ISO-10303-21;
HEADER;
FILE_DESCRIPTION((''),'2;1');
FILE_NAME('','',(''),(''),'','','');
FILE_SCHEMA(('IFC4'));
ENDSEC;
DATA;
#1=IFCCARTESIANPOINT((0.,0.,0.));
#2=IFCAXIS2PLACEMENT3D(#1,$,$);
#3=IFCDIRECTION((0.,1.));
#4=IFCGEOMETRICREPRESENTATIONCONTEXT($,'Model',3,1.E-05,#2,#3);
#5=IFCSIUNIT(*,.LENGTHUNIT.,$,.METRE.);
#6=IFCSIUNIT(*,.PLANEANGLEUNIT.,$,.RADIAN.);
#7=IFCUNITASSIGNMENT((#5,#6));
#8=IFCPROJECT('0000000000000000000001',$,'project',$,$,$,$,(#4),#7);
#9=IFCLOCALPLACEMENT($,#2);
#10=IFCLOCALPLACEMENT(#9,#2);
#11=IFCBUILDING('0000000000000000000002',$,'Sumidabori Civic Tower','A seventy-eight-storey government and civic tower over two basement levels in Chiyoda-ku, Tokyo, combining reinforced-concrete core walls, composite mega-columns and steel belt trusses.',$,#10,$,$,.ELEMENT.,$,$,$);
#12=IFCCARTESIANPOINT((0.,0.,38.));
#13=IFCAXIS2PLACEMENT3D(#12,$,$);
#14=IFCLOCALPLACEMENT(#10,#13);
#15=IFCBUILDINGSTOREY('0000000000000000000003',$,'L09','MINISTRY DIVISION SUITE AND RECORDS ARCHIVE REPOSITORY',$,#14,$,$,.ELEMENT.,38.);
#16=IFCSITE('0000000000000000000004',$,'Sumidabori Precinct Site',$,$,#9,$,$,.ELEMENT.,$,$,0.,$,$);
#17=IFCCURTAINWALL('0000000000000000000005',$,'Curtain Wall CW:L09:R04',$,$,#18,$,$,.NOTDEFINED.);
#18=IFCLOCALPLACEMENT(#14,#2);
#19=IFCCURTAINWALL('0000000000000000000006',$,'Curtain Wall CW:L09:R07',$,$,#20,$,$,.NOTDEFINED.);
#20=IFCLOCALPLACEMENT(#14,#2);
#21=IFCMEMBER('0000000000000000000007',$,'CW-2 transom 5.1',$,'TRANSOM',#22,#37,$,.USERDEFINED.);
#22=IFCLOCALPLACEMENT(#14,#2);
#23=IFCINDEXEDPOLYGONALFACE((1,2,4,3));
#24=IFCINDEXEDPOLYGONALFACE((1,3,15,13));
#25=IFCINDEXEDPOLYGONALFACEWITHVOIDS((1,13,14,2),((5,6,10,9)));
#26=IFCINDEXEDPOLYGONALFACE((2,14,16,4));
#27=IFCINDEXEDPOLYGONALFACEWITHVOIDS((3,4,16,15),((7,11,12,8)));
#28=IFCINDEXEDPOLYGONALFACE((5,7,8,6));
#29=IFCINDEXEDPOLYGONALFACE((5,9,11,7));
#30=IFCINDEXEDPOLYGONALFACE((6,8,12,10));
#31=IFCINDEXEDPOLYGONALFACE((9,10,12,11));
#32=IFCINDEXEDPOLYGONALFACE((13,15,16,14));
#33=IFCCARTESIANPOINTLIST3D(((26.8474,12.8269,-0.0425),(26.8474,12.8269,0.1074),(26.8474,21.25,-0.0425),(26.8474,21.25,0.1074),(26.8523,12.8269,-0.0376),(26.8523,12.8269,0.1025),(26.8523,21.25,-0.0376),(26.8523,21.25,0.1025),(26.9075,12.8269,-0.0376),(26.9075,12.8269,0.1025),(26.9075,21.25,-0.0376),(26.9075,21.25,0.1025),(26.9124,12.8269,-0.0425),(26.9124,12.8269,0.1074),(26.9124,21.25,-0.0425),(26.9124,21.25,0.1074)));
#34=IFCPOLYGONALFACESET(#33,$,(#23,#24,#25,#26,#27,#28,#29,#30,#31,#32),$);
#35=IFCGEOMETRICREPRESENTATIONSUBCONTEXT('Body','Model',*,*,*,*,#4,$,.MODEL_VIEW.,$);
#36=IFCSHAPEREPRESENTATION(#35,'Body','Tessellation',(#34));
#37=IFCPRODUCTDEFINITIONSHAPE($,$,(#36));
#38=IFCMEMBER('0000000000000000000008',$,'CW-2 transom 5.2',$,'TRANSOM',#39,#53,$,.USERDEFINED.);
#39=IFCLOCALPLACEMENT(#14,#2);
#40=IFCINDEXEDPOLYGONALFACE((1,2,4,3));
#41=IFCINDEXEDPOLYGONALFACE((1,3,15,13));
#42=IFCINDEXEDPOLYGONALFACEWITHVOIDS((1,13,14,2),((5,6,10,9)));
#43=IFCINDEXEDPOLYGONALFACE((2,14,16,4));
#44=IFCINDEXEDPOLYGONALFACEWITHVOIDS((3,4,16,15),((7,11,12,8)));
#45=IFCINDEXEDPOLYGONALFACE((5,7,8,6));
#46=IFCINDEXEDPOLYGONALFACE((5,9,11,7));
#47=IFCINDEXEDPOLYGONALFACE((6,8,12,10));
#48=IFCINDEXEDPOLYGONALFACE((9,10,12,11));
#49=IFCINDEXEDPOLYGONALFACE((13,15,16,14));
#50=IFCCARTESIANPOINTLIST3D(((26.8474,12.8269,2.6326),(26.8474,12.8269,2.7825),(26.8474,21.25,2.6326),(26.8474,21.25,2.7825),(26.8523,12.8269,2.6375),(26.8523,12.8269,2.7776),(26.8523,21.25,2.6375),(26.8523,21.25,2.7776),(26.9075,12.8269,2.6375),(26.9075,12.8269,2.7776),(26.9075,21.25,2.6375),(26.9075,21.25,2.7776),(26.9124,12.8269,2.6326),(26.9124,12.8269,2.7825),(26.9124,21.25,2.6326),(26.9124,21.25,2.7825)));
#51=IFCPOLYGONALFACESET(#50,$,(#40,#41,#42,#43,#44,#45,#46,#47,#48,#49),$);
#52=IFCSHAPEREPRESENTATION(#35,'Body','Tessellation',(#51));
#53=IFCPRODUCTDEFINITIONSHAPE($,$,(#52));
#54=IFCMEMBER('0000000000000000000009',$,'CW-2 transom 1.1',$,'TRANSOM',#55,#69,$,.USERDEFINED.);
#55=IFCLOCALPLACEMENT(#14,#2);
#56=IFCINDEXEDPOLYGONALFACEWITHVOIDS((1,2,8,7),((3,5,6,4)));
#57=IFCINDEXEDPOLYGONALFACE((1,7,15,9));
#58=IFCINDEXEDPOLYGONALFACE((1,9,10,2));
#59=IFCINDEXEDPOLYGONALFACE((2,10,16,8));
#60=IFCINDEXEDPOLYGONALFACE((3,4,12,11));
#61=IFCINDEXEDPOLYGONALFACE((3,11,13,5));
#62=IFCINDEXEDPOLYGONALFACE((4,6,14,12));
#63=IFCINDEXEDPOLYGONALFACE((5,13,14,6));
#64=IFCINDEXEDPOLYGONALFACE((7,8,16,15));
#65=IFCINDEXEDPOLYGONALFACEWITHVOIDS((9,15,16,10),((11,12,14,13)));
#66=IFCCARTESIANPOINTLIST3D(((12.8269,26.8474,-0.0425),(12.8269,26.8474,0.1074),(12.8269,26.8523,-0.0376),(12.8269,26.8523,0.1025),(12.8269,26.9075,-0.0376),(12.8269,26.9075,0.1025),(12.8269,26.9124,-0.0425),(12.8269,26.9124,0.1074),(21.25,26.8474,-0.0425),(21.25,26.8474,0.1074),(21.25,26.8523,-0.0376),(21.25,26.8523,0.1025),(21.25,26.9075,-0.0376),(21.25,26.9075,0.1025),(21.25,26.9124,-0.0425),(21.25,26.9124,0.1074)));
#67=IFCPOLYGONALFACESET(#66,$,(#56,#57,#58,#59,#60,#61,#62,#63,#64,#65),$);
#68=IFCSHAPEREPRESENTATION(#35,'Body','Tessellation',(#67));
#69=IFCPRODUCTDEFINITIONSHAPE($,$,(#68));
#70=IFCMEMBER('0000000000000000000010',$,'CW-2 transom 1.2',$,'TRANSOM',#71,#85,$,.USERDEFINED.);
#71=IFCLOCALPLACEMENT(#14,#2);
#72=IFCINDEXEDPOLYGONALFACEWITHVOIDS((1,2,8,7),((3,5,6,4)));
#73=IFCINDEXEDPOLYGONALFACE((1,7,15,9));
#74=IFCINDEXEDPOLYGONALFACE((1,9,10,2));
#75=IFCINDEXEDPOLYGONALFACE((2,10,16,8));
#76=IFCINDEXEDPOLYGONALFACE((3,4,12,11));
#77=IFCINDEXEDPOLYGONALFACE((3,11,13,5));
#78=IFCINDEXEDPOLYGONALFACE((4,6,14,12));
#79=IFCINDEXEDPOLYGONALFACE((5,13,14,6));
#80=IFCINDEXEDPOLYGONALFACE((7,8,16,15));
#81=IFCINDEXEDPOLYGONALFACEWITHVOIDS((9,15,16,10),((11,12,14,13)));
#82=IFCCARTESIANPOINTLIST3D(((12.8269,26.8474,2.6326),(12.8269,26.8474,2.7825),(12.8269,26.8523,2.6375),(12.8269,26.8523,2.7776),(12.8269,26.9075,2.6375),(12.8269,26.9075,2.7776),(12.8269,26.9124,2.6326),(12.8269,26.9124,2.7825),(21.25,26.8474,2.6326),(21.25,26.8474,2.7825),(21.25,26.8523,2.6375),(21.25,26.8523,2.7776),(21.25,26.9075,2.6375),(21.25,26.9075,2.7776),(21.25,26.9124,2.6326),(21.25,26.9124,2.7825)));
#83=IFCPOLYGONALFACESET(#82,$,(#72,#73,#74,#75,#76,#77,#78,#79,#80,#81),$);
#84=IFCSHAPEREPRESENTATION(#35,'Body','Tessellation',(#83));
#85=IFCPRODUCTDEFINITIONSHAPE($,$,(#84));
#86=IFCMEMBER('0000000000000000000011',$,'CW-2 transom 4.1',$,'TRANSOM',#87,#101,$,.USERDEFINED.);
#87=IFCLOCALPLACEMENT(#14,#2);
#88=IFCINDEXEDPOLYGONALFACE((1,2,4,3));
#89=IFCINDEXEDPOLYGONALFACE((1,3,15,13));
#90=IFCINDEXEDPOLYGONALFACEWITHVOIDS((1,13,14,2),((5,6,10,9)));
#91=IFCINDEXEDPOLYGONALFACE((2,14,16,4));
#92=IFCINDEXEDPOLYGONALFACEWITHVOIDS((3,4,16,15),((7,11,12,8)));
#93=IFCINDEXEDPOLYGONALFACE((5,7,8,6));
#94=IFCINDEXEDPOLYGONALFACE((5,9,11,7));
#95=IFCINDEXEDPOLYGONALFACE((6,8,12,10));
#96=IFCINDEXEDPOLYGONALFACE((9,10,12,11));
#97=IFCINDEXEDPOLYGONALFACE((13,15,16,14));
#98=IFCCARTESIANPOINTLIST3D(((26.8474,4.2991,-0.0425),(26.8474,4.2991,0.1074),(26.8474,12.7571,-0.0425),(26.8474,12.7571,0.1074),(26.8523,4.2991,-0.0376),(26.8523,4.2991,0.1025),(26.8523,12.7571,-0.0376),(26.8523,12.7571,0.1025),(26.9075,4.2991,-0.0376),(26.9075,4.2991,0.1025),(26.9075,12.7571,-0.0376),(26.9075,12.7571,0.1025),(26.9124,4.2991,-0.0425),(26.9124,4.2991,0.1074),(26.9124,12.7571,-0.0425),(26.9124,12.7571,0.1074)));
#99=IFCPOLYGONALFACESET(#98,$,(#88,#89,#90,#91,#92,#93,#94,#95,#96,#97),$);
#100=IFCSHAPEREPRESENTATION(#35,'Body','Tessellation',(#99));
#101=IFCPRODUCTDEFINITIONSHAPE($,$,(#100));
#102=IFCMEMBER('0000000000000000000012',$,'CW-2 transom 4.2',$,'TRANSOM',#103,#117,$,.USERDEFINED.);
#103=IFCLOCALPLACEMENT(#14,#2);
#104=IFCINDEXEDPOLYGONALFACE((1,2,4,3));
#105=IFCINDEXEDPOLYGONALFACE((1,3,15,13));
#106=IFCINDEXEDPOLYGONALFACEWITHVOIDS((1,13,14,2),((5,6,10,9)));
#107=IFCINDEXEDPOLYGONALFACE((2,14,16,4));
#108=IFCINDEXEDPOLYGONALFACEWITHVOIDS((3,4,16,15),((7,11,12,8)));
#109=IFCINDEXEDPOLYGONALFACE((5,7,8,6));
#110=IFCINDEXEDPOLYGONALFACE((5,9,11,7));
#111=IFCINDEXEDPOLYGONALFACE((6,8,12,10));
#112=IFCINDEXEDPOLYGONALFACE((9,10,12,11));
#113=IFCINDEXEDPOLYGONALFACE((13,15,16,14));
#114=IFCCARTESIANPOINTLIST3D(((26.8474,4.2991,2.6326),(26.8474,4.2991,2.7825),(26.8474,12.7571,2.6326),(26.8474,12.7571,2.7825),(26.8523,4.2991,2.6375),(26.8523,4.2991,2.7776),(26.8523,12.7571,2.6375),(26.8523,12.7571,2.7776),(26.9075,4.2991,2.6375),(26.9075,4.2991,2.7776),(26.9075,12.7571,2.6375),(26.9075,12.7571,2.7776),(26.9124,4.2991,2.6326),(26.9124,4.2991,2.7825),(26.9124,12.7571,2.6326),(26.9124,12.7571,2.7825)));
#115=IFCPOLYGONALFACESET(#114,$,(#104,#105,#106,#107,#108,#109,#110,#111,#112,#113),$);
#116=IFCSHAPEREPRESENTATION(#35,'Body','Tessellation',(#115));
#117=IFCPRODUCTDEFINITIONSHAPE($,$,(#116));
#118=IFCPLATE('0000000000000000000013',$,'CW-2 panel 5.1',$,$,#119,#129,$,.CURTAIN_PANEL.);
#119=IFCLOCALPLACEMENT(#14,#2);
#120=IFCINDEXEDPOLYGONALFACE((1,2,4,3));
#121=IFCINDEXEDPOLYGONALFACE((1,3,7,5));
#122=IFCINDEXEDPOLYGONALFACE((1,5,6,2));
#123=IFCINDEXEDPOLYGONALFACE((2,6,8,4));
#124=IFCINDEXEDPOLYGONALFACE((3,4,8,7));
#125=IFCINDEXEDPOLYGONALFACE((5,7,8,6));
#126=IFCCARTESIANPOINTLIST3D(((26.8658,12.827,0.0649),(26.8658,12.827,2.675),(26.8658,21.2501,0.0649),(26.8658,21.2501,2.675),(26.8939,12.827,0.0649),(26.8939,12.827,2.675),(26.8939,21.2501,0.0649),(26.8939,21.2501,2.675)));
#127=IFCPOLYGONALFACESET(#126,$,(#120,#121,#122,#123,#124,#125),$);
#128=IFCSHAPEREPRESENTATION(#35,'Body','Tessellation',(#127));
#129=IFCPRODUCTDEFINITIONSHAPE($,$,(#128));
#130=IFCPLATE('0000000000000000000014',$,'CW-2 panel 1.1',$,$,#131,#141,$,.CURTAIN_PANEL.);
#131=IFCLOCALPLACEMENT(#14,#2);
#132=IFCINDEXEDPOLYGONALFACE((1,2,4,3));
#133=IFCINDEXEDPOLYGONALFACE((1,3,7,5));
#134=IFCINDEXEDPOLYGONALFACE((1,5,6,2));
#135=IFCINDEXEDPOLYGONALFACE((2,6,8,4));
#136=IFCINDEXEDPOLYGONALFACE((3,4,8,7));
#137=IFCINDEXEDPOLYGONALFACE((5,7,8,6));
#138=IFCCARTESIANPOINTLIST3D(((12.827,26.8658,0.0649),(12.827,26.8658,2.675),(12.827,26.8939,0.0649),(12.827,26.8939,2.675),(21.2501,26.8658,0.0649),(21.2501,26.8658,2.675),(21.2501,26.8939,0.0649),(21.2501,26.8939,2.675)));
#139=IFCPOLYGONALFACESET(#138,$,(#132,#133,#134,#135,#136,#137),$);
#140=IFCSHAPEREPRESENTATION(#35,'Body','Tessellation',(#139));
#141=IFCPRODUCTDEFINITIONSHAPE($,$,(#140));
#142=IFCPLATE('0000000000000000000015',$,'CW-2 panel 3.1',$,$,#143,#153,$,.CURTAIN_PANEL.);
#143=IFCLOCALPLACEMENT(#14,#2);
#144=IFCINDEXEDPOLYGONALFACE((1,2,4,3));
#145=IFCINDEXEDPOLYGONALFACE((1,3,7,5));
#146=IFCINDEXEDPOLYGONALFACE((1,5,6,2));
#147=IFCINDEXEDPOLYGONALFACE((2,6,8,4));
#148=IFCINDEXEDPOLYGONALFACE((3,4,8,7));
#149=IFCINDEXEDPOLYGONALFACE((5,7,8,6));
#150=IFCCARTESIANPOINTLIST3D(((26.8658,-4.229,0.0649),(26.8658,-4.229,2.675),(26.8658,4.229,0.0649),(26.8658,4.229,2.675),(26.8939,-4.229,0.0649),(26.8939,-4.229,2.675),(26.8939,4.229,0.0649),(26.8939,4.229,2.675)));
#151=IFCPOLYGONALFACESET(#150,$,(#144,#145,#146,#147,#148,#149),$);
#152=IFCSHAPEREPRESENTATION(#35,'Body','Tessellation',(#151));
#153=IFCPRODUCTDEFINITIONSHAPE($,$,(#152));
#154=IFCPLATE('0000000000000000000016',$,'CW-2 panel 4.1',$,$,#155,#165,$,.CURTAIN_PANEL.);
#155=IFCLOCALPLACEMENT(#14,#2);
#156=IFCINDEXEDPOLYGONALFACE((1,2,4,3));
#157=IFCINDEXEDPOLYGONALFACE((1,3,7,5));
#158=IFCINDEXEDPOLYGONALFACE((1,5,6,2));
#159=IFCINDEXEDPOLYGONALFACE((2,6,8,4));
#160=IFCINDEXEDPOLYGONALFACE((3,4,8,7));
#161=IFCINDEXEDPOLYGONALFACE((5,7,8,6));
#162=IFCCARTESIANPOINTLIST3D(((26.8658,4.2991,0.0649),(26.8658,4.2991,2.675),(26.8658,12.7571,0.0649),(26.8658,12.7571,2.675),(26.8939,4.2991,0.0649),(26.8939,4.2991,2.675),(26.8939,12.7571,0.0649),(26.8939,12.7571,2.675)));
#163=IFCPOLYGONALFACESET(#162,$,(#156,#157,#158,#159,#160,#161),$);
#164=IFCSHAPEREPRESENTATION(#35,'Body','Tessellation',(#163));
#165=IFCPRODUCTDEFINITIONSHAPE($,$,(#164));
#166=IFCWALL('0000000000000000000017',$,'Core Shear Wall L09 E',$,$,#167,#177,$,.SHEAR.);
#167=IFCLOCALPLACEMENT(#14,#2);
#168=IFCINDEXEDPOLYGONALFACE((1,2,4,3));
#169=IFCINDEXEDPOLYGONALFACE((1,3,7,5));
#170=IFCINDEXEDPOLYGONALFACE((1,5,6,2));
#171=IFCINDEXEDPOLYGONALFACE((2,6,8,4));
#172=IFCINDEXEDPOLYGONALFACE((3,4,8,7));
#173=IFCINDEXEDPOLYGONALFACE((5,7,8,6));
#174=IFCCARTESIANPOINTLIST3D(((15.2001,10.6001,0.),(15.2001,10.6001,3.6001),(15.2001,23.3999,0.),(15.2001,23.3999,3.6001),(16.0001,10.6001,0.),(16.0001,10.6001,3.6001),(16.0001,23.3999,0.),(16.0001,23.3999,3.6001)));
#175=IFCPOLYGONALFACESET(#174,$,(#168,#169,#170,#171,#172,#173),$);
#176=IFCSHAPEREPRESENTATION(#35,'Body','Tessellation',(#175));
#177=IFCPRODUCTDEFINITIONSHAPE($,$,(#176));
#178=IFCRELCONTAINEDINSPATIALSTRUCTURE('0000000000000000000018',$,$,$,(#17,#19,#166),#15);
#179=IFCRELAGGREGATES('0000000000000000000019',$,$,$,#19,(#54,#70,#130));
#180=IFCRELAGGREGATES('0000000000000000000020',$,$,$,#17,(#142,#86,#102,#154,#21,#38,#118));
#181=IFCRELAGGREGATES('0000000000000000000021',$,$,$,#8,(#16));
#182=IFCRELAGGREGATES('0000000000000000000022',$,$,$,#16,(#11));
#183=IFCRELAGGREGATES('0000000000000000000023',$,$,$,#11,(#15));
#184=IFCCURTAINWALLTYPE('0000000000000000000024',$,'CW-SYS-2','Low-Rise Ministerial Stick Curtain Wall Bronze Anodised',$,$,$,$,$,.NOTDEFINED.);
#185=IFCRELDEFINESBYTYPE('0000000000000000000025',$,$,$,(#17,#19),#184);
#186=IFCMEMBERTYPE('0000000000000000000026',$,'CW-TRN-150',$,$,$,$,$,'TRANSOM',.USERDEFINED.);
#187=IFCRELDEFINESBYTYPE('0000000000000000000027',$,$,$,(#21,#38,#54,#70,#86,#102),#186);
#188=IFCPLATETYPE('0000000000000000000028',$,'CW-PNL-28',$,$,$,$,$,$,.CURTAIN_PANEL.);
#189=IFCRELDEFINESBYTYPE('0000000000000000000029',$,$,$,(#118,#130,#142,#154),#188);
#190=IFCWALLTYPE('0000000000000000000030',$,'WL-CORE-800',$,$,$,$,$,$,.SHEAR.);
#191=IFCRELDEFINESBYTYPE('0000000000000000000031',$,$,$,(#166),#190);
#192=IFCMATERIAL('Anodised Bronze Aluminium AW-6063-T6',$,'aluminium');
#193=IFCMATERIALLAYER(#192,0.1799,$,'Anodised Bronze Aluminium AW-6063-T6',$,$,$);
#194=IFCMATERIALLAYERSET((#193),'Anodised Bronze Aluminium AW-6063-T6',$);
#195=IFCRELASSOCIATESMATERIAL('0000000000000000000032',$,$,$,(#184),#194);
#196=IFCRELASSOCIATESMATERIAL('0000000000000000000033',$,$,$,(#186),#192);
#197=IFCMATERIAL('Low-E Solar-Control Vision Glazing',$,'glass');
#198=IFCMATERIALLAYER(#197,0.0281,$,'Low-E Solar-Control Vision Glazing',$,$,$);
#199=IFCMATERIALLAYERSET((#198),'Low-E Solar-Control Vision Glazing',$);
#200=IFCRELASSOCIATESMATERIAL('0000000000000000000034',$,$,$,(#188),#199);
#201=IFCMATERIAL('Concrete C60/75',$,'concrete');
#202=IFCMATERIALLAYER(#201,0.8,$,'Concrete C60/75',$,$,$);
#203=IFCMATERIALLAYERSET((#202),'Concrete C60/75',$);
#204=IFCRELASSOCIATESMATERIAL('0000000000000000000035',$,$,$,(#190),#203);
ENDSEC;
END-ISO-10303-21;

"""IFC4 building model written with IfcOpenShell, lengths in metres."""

from ifc_helpers import new_model, si_unit, direction, frame, frame_2d, origin, origin_2d, place, context, subcontext, project, spatial, rectangle, hollow_rectangle, extrude, source, transform, mapped, material, layer, layer_set, material_profile, profile_set, type_object, element, aggregate, save


model = new_model("IFC4")

# Units and contexts
model_context = context("Model", 3, precision=1e-05, world=origin(), true_north=direction((0.0, 1.0)))
body_context = subcontext(model_context, "Body", "Model", "MODEL_VIEW")
ifc_project = project(units=[si_unit("LENGTHUNIT", "METRE"), si_unit("PLANEANGLEUNIT", "RADIAN")], contexts=[model_context])

# Site, building, storey
site_placement = place(None, origin())
site = spatial("IfcSite", under=ifc_project, at=site_placement, Name="Sumidabori Precinct Site", CompositionType="ELEMENT", RefElevation=0.0)
building_placement = place(site_placement, origin())
building = spatial("IfcBuilding", under=site, at=building_placement, Name="Sumidabori Civic Tower", Description="A seventy-eight-storey government and civic tower over two basement levels in Chiyoda-ku, Tokyo, combining reinforced-concrete core walls, composite mega-columns and steel belt trusses.", CompositionType="ELEMENT")
storey_placement = place(building_placement, frame((0.0, 0.0, 38.0)))
storey = spatial("IfcBuildingStorey", under=building, at=storey_placement, Name="L09", Description="MINISTRY DIVISION SUITE AND RECORDS ARCHIVE REPOSITORY", CompositionType="ELEMENT", Elevation=38.0)

# Shared definitions
ifc_material_1 = material(Name="Concrete C60/75", Category="concrete")

# Curtain wall
ifc_material_2 = material(Name="Anodised Bronze Aluminium AW-6063-T6", Category="aluminium")
ifc_layer_1 = layer(ifc_material_2, 0.1799, Name="Anodised Bronze Aluminium AW-6063-T6")
ifc_layer_set_1 = layer_set([ifc_layer_1], Name="Anodised Bronze Aluminium AW-6063-T6")
curtain_wall_type = type_object("IfcCurtainWallType", Name="CW-SYS-2", Description="Low-Rise Ministerial Stick Curtain Wall Bronze Anodised", PredefinedType="NOTDEFINED", material=ifc_layer_set_1)
curtain_wall_1_placement = place(storey_placement, origin())
curtain_wall_1 = element("IfcCurtainWall", 1, at=curtain_wall_1_placement, inside=storey, type_object=curtain_wall_type, Name="Curtain Wall CW:L09:R04", PredefinedType="NOTDEFINED")

# Curtain wall
curtain_wall_2_placement = place(storey_placement, origin())
curtain_wall_2 = element("IfcCurtainWall", 2, at=curtain_wall_2_placement, inside=storey, type_object=curtain_wall_type, Name="Curtain Wall CW:L09:R07", PredefinedType="NOTDEFINED")

# Members
ifc_material_profile_1 = material_profile(ifc_material_2, hollow_rectangle(XDim=0.0649, YDim=0.1499, WallThickness=0.0049, at=origin_2d()), Name="ALU TRANSOM 150x65")
ifc_profile_set_1 = profile_set([ifc_material_profile_1], Name="Anodised Bronze Aluminium AW-6063-T6")
member_type_1 = type_object("IfcMemberType", Name="CW-TRN-150", ElementType="TRANSOM", PredefinedType="USERDEFINED", material=ifc_profile_set_1)
shared_shape_1 = source(origin(), body_context, "Body", "SweptSolid", [
    extrude(hollow_rectangle(XDim=0.0649, YDim=0.1499, WallThickness=0.0049, at=origin_2d()), origin(), (0.0, 0.0, 1.0), 8.4231),
])
member_1_placement = place(storey_placement, frame((26.8799, 12.8269, 0.0325), z_axis=(0.0, 1.0, 0.0), x_axis=(-1.0, 0.0, 0.0)))
member_1 = element("IfcMember", 3, at=member_1_placement, type_object=member_type_1, Name="CW-2 transom 5.1", ObjectType="TRANSOM", PredefinedType="USERDEFINED", context=body_context, shape_type="MappedRepresentation", body=[
    mapped(shared_shape_1, transform((0.0, 0.0, 0.0), x_axis=(1.0, 0.0, 0.0), y_axis=(0.0, 1.0, 0.0), z_axis=(0.0, 0.0, 1.0), scale=1.0)),
])
member_2_placement = place(storey_placement, frame((26.8799, 12.8269, 2.7075), z_axis=(0.0, 1.0, 0.0), x_axis=(-1.0, 0.0, 0.0)))
member_2 = element("IfcMember", 4, at=member_2_placement, type_object=member_type_1, Name="CW-2 transom 5.2", ObjectType="TRANSOM", PredefinedType="USERDEFINED", context=body_context, shape_type="MappedRepresentation", body=[
    mapped(shared_shape_1, transform((0.0, 0.0, 0.0), x_axis=(1.0, 0.0, 0.0), y_axis=(0.0, 1.0, 0.0), z_axis=(0.0, 0.0, 1.0), scale=1.0)),
])
member_3_placement = place(storey_placement, frame((21.25, 26.8799, 0.0325), z_axis=(-1.0, 0.0, 0.0), x_axis=(0.0, -1.0, 0.0)))
member_3 = element("IfcMember", 5, at=member_3_placement, type_object=member_type_1, Name="CW-2 transom 1.1", ObjectType="TRANSOM", PredefinedType="USERDEFINED", context=body_context, shape_type="MappedRepresentation", body=[
    mapped(shared_shape_1, transform((0.0, 0.0, 0.0), x_axis=(1.0, 0.0, 0.0), y_axis=(0.0, 1.0, 0.0), z_axis=(0.0, 0.0, 1.0), scale=1.0)),
])
member_4_placement = place(storey_placement, frame((21.25, 26.8799, 2.7075), z_axis=(-1.0, 0.0, 0.0), x_axis=(0.0, -1.0, 0.0)))
member_4 = element("IfcMember", 6, at=member_4_placement, type_object=member_type_1, Name="CW-2 transom 1.2", ObjectType="TRANSOM", PredefinedType="USERDEFINED", context=body_context, shape_type="MappedRepresentation", body=[
    mapped(shared_shape_1, transform((0.0, 0.0, 0.0), x_axis=(1.0, 0.0, 0.0), y_axis=(0.0, 1.0, 0.0), z_axis=(0.0, 0.0, 1.0), scale=1.0)),
])
shared_shape_2 = source(origin(), body_context, "Body", "SweptSolid", [
    extrude(hollow_rectangle(XDim=0.0649, YDim=0.1499, WallThickness=0.0049, at=origin_2d()), origin(), (0.0, 0.0, 1.0), 8.458),
])
member_5_placement = place(storey_placement, frame((26.8799, 4.2991, 0.0325), z_axis=(0.0, 1.0, 0.0), x_axis=(-1.0, 0.0, 0.0)))
member_5 = element("IfcMember", 7, at=member_5_placement, type_object=member_type_1, Name="CW-2 transom 4.1", ObjectType="TRANSOM", PredefinedType="USERDEFINED", context=body_context, shape_type="MappedRepresentation", body=[
    mapped(shared_shape_2, transform((0.0, 0.0, 0.0), x_axis=(1.0, 0.0, 0.0), y_axis=(0.0, 1.0, 0.0), z_axis=(0.0, 0.0, 1.0), scale=1.0)),
])
member_6_placement = place(storey_placement, frame((26.8799, 4.2991, 2.7075), z_axis=(0.0, 1.0, 0.0), x_axis=(-1.0, 0.0, 0.0)))
member_6 = element("IfcMember", 8, at=member_6_placement, type_object=member_type_1, Name="CW-2 transom 4.2", ObjectType="TRANSOM", PredefinedType="USERDEFINED", context=body_context, shape_type="MappedRepresentation", body=[
    mapped(shared_shape_2, transform((0.0, 0.0, 0.0), x_axis=(1.0, 0.0, 0.0), y_axis=(0.0, 1.0, 0.0), z_axis=(0.0, 0.0, 1.0), scale=1.0)),
])

# Plates
ifc_material_3 = material(Name="Low-E Solar-Control Vision Glazing", Category="glass")
ifc_layer_2 = layer(ifc_material_3, 0.0281, Name="Low-E Solar-Control Vision Glazing")
ifc_layer_set_2 = layer_set([ifc_layer_2], Name="Low-E Solar-Control Vision Glazing")
plate_type = type_object("IfcPlateType", Name="CW-PNL-28", PredefinedType="CURTAIN_PANEL", material=ifc_layer_set_2)
shared_shape_3 = source(origin(), body_context, "Body", "SweptSolid", [
    extrude(rectangle(XDim=8.4231, YDim=0.0281, at=origin_2d()), origin(), (0.0, 0.0, 1.0), 2.6101),
])
plate_1_placement = place(storey_placement, frame((26.8799, 17.0386, 0.0649), z_axis=(0.0, 0.0, 1.0), x_axis=(0.0, 1.0, 0.0)))
plate_1 = element("IfcPlate", 9, at=plate_1_placement, type_object=plate_type, Name="CW-2 panel 5.1", PredefinedType="CURTAIN_PANEL", context=body_context, shape_type="MappedRepresentation", body=[
    mapped(shared_shape_3, transform((0.0, 0.0, 0.0), x_axis=(1.0, 0.0, 0.0), y_axis=(0.0, 1.0, 0.0), z_axis=(0.0, 0.0, 1.0), scale=1.0)),
])
plate_2_placement = place(storey_placement, frame((17.0386, 26.8799, 0.0649), z_axis=(0.0, 0.0, 1.0), x_axis=(-1.0, 0.0, 0.0)))
plate_2 = element("IfcPlate", 10, at=plate_2_placement, type_object=plate_type, Name="CW-2 panel 1.1", PredefinedType="CURTAIN_PANEL", context=body_context, shape_type="MappedRepresentation", body=[
    mapped(shared_shape_3, transform((0.0, 0.0, 0.0), x_axis=(1.0, 0.0, 0.0), y_axis=(0.0, 1.0, 0.0), z_axis=(0.0, 0.0, 1.0), scale=1.0)),
])
aggregate(curtain_wall_2, [member_3, member_4, plate_2])
shared_shape_4 = source(origin(), body_context, "Body", "SweptSolid", [
    extrude(rectangle(XDim=8.458, YDim=0.0281, at=origin_2d()), origin(), (0.0, 0.0, 1.0), 2.6101),
])
plate_3_placement = place(storey_placement, frame((26.8799, 0.0, 0.0649), z_axis=(0.0, 0.0, 1.0), x_axis=(0.0, 1.0, 0.0)))
plate_3 = element("IfcPlate", 11, at=plate_3_placement, type_object=plate_type, Name="CW-2 panel 3.1", PredefinedType="CURTAIN_PANEL", context=body_context, shape_type="MappedRepresentation", body=[
    mapped(shared_shape_4, transform((0.0, 0.0, 0.0), x_axis=(1.0, 0.0, 0.0), y_axis=(0.0, 1.0, 0.0), z_axis=(0.0, 0.0, 1.0), scale=1.0)),
])
plate_4_placement = place(storey_placement, frame((26.8799, 8.5281, 0.0649), z_axis=(0.0, 0.0, 1.0), x_axis=(0.0, 1.0, 0.0)))
plate_4 = element("IfcPlate", 12, at=plate_4_placement, type_object=plate_type, Name="CW-2 panel 4.1", PredefinedType="CURTAIN_PANEL", context=body_context, shape_type="MappedRepresentation", body=[
    mapped(shared_shape_4, transform((0.0, 0.0, 0.0), x_axis=(1.0, 0.0, 0.0), y_axis=(0.0, 1.0, 0.0), z_axis=(0.0, 0.0, 1.0), scale=1.0)),
])
aggregate(curtain_wall_1, [plate_3, member_5, member_6, plate_4, member_1, member_2, plate_1])

# Wall
ifc_layer_3 = layer(ifc_material_1, 0.8, Name="Concrete C60/75")
ifc_layer_set_3 = layer_set([ifc_layer_3], Name="Concrete C60/75")
wall_type_1 = type_object("IfcWallType", Name="WL-CORE-800", PredefinedType="SHEAR", material=ifc_layer_set_3)
shared_shape_5 = source(origin(), body_context, "Body", "SweptSolid", [
    extrude(rectangle(XDim=12.7998, YDim=0.8, at=frame_2d((6.3999, 0.0))), origin(), (0.0, 0.0, 1.0), 3.6001),
])
wall_1_placement = place(storey_placement, frame((15.6001, 10.6001, 0.0), z_axis=(0.0, 0.0, 1.0), x_axis=(0.0, 1.0, 0.0)))
element("IfcWall", 13, at=wall_1_placement, inside=storey, type_object=wall_type_1, Name="Core Shear Wall L09 E", PredefinedType="SHEAR", context=body_context, shape_type="MappedRepresentation", body=[
    mapped(shared_shape_5, transform((0.0, 0.0, 0.0), x_axis=(1.0, 0.0, 0.0), y_axis=(0.0, 1.0, 0.0), z_axis=(0.0, 0.0, 1.0), scale=1.0)),
])

save(model, "model.ifc")
